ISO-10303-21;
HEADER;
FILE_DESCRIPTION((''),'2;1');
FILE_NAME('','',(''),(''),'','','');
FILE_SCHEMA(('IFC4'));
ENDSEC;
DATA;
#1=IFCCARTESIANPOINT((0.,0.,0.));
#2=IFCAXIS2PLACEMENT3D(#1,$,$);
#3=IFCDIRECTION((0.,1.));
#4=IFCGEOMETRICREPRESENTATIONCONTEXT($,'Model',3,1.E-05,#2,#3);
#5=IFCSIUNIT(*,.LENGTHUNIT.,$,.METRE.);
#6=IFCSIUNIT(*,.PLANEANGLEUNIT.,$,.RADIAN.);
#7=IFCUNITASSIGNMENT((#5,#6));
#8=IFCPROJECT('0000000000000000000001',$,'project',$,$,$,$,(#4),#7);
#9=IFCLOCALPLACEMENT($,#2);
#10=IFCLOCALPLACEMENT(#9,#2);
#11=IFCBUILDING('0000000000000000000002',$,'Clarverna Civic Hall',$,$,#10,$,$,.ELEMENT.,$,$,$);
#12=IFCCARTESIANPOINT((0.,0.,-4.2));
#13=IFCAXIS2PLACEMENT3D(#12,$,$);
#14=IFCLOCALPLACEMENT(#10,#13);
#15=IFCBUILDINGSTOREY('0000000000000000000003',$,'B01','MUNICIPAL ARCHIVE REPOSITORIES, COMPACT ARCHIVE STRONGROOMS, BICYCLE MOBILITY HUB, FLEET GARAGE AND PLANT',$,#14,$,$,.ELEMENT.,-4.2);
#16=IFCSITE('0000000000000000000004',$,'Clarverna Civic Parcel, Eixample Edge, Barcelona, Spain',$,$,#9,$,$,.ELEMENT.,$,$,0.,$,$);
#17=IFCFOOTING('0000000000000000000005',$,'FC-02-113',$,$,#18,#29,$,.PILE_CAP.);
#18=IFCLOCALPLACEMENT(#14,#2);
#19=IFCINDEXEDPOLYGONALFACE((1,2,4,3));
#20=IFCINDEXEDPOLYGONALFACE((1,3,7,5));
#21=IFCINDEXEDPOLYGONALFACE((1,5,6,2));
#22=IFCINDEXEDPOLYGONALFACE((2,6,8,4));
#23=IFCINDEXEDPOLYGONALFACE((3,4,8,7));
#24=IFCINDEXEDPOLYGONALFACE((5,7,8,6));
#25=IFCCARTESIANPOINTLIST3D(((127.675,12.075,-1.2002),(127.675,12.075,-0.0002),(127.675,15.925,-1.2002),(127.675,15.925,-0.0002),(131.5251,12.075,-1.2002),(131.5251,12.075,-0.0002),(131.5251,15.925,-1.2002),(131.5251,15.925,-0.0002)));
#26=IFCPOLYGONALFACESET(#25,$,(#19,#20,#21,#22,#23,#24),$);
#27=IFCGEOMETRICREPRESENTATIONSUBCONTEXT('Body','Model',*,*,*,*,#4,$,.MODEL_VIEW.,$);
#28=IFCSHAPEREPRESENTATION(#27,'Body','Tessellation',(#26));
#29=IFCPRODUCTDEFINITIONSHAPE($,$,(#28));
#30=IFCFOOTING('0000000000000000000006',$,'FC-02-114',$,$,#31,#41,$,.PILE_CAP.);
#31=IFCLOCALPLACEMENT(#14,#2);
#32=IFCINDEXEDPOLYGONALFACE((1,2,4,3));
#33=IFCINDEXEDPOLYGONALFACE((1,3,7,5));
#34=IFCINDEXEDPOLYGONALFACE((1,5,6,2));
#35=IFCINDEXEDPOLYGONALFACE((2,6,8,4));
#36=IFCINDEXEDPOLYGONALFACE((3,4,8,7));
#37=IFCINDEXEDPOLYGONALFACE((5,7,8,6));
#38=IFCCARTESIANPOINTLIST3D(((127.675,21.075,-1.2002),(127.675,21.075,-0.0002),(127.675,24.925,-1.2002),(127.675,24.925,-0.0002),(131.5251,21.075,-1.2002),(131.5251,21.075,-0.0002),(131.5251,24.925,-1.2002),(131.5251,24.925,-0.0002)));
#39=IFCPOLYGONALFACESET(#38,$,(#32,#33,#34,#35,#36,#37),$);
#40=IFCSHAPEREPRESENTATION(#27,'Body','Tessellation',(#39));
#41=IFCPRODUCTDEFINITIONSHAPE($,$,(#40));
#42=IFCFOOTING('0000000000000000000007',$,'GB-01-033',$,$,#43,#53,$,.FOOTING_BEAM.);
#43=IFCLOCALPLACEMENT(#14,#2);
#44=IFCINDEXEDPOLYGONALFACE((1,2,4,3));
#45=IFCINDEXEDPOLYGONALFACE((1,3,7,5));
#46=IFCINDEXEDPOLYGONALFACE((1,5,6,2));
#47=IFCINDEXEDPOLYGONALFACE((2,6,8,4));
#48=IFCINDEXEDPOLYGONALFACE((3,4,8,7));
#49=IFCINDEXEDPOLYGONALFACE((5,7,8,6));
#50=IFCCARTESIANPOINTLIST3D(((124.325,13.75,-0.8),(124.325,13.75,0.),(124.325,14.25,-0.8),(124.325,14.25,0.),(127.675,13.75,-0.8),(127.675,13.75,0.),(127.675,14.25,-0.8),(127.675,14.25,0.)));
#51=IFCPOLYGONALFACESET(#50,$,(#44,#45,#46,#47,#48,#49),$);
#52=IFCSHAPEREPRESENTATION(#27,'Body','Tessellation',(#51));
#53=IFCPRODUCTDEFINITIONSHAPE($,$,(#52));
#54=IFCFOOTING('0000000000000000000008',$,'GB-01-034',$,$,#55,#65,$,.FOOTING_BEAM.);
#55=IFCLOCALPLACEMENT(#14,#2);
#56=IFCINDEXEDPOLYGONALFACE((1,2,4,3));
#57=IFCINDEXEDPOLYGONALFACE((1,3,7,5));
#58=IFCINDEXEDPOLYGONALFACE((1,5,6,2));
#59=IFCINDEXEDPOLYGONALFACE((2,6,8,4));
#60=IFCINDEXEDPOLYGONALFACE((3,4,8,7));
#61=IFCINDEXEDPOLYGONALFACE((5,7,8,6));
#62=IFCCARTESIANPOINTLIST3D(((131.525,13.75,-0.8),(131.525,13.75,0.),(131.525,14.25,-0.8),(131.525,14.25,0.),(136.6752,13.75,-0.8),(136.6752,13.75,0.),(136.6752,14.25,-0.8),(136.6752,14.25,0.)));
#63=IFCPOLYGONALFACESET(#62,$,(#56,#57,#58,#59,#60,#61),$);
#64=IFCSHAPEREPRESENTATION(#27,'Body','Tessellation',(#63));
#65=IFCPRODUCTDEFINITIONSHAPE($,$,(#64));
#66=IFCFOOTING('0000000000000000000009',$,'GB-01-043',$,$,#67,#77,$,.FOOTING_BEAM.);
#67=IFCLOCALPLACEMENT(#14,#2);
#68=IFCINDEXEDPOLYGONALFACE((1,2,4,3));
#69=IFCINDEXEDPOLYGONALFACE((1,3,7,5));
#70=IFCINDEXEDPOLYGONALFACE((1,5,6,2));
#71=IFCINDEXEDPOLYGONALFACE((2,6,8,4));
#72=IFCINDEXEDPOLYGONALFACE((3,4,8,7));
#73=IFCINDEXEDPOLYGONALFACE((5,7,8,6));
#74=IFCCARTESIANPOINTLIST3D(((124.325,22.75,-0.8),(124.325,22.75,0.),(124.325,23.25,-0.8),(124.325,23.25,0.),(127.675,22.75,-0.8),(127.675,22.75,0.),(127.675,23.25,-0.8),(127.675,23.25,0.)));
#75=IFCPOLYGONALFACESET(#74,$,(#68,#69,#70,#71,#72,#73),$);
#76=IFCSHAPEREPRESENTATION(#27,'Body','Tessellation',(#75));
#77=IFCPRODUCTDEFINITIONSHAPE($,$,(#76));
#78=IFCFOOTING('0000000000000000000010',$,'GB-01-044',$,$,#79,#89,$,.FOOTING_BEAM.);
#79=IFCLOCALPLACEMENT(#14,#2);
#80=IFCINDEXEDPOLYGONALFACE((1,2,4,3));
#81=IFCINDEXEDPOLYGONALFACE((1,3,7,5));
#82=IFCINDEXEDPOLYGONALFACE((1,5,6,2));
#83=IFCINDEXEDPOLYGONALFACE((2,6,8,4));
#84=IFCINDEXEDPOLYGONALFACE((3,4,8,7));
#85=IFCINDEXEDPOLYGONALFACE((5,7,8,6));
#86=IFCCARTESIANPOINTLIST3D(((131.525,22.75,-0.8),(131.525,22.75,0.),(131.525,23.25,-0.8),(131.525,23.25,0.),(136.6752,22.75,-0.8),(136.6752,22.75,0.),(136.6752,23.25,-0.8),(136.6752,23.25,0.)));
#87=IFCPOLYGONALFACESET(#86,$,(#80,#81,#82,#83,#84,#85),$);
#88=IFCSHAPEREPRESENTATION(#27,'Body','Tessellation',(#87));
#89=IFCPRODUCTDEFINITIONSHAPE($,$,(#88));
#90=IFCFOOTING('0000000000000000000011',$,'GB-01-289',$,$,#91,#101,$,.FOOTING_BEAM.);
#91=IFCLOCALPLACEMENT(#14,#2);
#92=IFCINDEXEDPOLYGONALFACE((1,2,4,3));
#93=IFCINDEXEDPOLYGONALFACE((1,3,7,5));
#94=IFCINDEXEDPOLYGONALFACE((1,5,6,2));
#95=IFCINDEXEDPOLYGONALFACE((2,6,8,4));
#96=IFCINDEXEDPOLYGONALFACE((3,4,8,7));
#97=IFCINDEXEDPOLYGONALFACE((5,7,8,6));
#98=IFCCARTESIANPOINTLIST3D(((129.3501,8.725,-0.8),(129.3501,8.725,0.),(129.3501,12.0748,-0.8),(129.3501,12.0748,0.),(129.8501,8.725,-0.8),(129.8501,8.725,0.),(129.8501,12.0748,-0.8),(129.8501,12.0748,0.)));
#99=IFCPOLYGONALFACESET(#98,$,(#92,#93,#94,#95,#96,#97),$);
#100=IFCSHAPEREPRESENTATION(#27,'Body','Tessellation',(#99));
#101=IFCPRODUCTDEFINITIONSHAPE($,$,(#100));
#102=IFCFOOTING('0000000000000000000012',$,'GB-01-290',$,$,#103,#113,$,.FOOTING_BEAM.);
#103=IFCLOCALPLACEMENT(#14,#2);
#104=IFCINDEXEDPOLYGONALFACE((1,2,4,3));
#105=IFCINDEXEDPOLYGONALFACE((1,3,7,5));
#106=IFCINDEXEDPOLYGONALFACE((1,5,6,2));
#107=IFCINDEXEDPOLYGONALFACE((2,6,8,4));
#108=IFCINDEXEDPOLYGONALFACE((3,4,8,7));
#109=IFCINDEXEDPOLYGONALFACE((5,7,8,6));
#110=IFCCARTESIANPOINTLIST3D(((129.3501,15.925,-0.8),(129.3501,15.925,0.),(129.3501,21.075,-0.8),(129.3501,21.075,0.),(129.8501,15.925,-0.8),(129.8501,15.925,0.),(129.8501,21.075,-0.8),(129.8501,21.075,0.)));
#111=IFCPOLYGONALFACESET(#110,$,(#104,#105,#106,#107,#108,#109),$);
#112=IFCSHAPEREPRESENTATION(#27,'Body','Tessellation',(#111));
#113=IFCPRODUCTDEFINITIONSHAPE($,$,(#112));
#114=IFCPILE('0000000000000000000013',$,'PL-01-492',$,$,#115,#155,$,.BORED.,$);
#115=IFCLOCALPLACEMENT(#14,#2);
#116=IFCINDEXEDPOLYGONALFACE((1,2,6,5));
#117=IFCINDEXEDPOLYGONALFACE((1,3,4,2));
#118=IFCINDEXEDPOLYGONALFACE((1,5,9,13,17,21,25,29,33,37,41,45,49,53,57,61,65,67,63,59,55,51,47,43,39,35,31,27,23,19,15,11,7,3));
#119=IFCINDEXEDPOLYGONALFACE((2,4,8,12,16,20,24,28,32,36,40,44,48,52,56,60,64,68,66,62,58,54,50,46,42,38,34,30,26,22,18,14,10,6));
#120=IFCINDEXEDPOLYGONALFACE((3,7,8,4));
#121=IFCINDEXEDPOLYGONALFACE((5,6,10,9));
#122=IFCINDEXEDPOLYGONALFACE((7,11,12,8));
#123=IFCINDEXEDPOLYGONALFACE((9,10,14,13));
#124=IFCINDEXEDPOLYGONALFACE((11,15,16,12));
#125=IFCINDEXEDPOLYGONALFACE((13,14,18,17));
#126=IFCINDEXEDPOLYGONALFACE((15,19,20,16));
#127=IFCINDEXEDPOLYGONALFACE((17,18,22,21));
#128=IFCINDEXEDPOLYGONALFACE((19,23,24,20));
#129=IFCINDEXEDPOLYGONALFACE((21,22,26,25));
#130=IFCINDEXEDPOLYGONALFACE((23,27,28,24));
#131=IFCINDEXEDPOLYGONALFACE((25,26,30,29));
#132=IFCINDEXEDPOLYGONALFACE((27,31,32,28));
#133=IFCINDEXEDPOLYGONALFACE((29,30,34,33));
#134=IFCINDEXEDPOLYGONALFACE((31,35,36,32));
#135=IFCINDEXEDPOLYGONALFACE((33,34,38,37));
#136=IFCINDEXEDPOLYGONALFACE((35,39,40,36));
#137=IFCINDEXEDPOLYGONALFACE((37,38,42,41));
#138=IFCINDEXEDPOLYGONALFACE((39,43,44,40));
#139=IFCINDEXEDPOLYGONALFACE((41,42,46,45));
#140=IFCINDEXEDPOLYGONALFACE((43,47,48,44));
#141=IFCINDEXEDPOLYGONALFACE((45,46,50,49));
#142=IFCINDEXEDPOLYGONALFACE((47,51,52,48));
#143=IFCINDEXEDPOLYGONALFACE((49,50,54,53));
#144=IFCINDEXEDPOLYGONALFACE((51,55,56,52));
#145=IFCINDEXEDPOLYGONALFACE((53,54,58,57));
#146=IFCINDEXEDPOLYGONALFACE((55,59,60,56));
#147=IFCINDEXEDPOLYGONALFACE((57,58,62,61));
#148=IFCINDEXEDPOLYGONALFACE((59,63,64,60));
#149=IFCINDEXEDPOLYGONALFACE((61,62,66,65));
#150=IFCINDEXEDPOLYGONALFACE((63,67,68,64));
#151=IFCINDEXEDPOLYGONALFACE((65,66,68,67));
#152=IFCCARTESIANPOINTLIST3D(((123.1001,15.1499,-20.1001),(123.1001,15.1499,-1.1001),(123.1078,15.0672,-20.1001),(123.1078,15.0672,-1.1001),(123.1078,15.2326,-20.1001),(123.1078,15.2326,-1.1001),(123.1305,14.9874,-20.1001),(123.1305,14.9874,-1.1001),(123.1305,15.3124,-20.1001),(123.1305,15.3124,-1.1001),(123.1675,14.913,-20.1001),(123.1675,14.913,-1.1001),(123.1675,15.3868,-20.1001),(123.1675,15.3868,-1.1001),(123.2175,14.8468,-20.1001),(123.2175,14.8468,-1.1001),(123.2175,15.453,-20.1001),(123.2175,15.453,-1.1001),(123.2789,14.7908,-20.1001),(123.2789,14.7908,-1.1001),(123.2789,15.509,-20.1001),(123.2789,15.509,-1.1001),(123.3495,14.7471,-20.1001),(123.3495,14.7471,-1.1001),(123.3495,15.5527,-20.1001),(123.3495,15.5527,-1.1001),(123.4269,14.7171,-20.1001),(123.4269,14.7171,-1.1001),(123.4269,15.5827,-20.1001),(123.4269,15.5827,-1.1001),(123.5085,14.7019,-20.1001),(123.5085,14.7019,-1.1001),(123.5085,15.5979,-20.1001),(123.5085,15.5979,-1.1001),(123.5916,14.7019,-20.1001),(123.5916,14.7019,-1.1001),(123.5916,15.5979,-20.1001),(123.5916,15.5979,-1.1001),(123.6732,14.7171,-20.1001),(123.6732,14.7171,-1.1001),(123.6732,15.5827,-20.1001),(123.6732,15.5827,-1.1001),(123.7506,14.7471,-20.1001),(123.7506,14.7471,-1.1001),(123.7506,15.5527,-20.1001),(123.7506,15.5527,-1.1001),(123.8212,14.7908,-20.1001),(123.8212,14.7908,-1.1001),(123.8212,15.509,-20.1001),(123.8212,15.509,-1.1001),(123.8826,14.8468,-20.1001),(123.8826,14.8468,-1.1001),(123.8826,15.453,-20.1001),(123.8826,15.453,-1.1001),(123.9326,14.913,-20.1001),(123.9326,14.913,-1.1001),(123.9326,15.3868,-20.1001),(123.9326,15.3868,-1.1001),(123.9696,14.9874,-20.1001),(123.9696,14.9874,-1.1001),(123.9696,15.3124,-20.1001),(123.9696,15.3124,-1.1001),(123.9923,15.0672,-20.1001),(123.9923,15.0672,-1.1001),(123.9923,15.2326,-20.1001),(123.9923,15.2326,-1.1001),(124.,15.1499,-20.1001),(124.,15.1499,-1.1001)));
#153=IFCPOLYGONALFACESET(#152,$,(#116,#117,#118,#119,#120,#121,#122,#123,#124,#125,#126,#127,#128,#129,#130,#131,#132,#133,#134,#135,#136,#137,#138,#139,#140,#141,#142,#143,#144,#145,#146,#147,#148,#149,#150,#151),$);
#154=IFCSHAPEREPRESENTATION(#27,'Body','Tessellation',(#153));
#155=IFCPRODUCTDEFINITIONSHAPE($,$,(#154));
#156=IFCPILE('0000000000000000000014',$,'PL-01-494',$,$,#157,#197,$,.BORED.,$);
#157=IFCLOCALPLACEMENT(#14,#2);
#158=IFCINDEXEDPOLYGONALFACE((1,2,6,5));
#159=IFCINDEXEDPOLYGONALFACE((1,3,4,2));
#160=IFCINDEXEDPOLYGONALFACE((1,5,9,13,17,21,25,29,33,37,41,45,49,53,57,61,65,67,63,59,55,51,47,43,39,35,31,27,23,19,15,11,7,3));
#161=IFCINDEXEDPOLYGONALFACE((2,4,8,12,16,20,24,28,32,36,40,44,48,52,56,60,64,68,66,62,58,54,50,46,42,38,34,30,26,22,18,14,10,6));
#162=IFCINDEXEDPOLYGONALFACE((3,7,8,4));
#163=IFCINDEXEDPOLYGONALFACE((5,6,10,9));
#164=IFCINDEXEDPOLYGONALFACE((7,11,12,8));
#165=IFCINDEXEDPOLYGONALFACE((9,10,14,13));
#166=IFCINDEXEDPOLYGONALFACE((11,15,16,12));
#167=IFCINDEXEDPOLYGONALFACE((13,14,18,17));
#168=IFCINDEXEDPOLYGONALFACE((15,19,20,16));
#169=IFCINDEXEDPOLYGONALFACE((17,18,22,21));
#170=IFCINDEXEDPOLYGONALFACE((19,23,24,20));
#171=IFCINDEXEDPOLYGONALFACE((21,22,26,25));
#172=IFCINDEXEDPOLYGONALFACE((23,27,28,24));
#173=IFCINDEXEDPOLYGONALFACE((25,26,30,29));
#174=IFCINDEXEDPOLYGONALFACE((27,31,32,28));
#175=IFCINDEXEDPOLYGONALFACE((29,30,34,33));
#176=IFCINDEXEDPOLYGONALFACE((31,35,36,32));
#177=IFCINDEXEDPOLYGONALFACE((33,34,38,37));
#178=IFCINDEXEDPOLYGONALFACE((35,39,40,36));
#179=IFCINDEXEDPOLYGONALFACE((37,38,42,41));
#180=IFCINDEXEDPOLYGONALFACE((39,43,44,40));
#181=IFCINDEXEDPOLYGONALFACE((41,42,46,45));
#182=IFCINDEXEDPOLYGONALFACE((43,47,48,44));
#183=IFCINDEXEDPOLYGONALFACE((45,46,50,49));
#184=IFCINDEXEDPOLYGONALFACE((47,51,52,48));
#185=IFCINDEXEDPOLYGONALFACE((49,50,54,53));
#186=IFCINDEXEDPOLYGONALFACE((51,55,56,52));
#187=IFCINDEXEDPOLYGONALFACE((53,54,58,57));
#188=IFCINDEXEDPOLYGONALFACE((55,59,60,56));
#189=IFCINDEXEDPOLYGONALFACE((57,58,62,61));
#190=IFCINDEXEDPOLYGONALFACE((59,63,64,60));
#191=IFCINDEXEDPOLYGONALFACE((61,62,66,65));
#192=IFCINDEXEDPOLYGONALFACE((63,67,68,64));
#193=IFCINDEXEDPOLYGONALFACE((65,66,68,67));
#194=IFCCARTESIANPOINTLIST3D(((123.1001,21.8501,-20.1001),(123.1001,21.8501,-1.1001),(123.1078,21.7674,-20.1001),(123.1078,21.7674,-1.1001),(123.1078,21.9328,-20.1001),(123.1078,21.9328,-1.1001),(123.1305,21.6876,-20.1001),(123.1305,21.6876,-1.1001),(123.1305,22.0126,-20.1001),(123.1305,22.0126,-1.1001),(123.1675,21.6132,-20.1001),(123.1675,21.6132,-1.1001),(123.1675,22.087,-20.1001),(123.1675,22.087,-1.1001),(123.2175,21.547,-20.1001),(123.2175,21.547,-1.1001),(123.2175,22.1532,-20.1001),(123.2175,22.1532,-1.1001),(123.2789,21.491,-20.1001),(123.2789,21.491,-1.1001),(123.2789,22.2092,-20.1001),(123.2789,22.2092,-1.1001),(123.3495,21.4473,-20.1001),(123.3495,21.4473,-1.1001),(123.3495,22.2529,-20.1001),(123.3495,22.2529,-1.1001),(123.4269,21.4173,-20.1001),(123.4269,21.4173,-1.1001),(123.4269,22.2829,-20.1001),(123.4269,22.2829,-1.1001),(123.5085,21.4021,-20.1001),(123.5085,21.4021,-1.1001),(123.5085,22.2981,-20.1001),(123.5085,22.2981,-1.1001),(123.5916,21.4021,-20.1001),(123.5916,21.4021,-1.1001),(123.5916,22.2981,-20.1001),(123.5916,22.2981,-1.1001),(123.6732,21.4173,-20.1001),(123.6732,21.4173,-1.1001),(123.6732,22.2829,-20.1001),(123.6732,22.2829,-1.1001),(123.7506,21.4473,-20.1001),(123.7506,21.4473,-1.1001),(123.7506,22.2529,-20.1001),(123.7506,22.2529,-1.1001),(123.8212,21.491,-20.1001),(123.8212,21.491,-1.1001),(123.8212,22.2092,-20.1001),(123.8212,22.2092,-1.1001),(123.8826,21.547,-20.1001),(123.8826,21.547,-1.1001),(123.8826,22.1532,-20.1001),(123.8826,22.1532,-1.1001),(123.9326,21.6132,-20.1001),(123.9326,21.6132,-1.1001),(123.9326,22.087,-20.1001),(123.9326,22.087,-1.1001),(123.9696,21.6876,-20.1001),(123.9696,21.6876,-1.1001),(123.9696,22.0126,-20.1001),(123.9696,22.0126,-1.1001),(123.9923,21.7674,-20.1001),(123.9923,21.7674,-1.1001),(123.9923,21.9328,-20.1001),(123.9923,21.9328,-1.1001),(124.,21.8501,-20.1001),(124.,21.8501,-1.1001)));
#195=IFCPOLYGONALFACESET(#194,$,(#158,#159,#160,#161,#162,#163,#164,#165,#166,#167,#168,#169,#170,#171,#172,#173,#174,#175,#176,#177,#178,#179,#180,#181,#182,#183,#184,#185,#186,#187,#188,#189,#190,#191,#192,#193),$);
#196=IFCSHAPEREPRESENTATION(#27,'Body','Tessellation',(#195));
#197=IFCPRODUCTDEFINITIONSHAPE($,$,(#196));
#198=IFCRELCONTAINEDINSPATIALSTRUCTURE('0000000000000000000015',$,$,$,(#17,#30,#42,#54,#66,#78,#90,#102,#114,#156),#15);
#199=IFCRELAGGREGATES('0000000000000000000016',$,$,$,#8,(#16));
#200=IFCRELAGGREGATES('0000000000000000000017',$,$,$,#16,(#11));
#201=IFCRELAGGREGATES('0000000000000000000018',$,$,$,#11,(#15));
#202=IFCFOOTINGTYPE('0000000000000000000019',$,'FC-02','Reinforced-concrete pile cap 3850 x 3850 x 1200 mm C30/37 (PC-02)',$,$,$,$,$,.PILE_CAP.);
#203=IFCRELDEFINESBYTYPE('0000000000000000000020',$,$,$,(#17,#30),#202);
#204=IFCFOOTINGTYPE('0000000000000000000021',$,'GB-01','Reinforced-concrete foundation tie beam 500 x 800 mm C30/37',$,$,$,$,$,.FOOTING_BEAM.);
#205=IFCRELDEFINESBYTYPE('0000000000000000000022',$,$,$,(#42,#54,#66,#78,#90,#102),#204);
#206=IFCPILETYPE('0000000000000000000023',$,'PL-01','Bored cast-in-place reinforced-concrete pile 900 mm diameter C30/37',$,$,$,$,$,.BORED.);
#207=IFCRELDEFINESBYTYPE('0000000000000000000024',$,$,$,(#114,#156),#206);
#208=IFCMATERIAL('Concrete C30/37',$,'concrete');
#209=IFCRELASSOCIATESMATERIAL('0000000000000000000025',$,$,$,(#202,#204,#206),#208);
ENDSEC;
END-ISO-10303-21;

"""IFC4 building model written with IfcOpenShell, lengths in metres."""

from ifc_helpers import new_model, si_unit, direction, frame, frame_2d, origin, origin_2d, place, context, subcontext, project, spatial, rectangle, circle, extrude, material, material_profile, profile_set, type_object, element, save


model = new_model("IFC4")

# Units and contexts
model_context = context("Model", 3, precision=1e-05, world=origin(), true_north=direction((0.0, 1.0)))
body_context = subcontext(model_context, "Body", "Model", "MODEL_VIEW")
ifc_project = project(units=[si_unit("LENGTHUNIT", "METRE"), si_unit("PLANEANGLEUNIT", "RADIAN")], contexts=[model_context])

# Site, building, storey
site_placement = place(None, origin())
site = spatial("IfcSite", under=ifc_project, at=site_placement, Name="Clarverna Civic Parcel, Eixample Edge, Barcelona, Spain", CompositionType="ELEMENT", RefElevation=0.0)
building_placement = place(site_placement, origin())
building = spatial("IfcBuilding", under=site, at=building_placement, Name="Clarverna Civic Hall", CompositionType="ELEMENT")
storey_placement = place(building_placement, frame((0.0, 0.0, -4.2)))
storey = spatial("IfcBuildingStorey", under=building, at=storey_placement, Name="B01", Description="MUNICIPAL ARCHIVE REPOSITORIES, COMPACT ARCHIVE STRONGROOMS, BICYCLE MOBILITY HUB, FLEET GARAGE AND PLANT", CompositionType="ELEMENT", Elevation=-4.2)

# Footings
ifc_material_1 = material(Name="Concrete C30/37", Category="concrete")
footing_type_1 = type_object("IfcFootingType", Name="FC-02", Description="Reinforced-concrete pile cap 3850 x 3850 x 1200 mm C30/37 (PC-02)", PredefinedType="PILE_CAP", material=ifc_material_1)
for number, where, z_axis, x_axis, name in (
    (1, (129.6001, 14.0, -1.2002), (0.0, 0.0, 1.0), (1.0, 0.0, 0.0), "FC-02-113"),
    (2, (129.6001, 23.0, -1.2002), (0.0, 0.0, 1.0), (1.0, 0.0, 0.0), "FC-02-114"),
):
    element("IfcFooting", number, at=place(storey_placement, frame(where, z_axis=z_axis, x_axis=x_axis)), inside=storey, type_object=footing_type_1, Name=name, PredefinedType="PILE_CAP", context=body_context, shape_type="SweptSolid", body=[
        extrude(rectangle(XDim=3.8501, YDim=3.8501, at=origin_2d()), origin(), (0.0, 0.0, 1.0), 1.2),
    ])
footing_type_2 = type_object("IfcFootingType", Name="GB-01", Description="Reinforced-concrete foundation tie beam 500 x 800 mm C30/37", PredefinedType="FOOTING_BEAM", material=ifc_material_1)
footing_1_placement = place(storey_placement, frame((124.325, 14.0, -0.8), z_axis=(0.0, 0.0, 1.0), x_axis=(1.0, 0.0, 0.0)))
element("IfcFooting", 3, at=footing_1_placement, inside=storey, type_object=footing_type_2, Name="GB-01-033", PredefinedType="FOOTING_BEAM", context=body_context, shape_type="SweptSolid", body=[
    extrude(rectangle(XDim=3.3501, YDim=0.5, at=frame_2d((1.675, 0.0))), origin(), (0.0, 0.0, 1.0), 0.8),
])
footing_2_placement = place(storey_placement, frame((131.5249, 14.0, -0.8), z_axis=(0.0, 0.0, 1.0), x_axis=(1.0, 0.0, 0.0)))
element("IfcFooting", 4, at=footing_2_placement, inside=storey, type_object=footing_type_2, Name="GB-01-034", PredefinedType="FOOTING_BEAM", context=body_context, shape_type="SweptSolid", body=[
    extrude(rectangle(XDim=5.1501, YDim=0.5, at=frame_2d((2.5752, 0.0))), origin(), (0.0, 0.0, 1.0), 0.8),
])
footing_3_placement = place(storey_placement, frame((124.325, 23.0, -0.8), z_axis=(0.0, 0.0, 1.0), x_axis=(1.0, 0.0, 0.0)))
element("IfcFooting", 5, at=footing_3_placement, inside=storey, type_object=footing_type_2, Name="GB-01-043", PredefinedType="FOOTING_BEAM", context=body_context, shape_type="SweptSolid", body=[
    extrude(rectangle(XDim=3.3501, YDim=0.5, at=frame_2d((1.675, 0.0))), origin(), (0.0, 0.0, 1.0), 0.8),
])
footing_4_placement = place(storey_placement, frame((131.5249, 23.0, -0.8), z_axis=(0.0, 0.0, 1.0), x_axis=(1.0, 0.0, 0.0)))
element("IfcFooting", 6, at=footing_4_placement, inside=storey, type_object=footing_type_2, Name="GB-01-044", PredefinedType="FOOTING_BEAM", context=body_context, shape_type="SweptSolid", body=[
    extrude(rectangle(XDim=5.1501, YDim=0.5, at=frame_2d((2.5752, 0.0))), origin(), (0.0, 0.0, 1.0), 0.8),
])
footing_5_placement = place(storey_placement, frame((129.6001, 8.7251, -0.8), z_axis=(0.0, 0.0, 1.0), x_axis=(0.0, 1.0, 0.0)))
element("IfcFooting", 7, at=footing_5_placement, inside=storey, type_object=footing_type_2, Name="GB-01-289", PredefinedType="FOOTING_BEAM", context=body_context, shape_type="SweptSolid", body=[
    extrude(rectangle(XDim=3.3499, YDim=0.5, at=frame_2d((1.6748, 0.0))), origin(), (0.0, 0.0, 1.0), 0.8),
])
footing_6_placement = place(storey_placement, frame((129.6001, 15.925, -0.8), z_axis=(0.0, 0.0, 1.0), x_axis=(0.0, 1.0, 0.0)))
element("IfcFooting", 8, at=footing_6_placement, inside=storey, type_object=footing_type_2, Name="GB-01-290", PredefinedType="FOOTING_BEAM", context=body_context, shape_type="SweptSolid", body=[
    extrude(rectangle(XDim=5.1499, YDim=0.5, at=frame_2d((2.575, 0.0))), origin(), (0.0, 0.0, 1.0), 0.8),
])

# Piles
ifc_material_profile_1 = material_profile(ifc_material_1, circle(Radius=0.45, at=origin_2d()), Name="BORED PILE D900")
ifc_profile_set_1 = profile_set([ifc_material_profile_1], Name="Concrete C30/37")
pile_type = type_object("IfcPileType", Name="PL-01", Description="Bored cast-in-place reinforced-concrete pile 900 mm diameter C30/37", PredefinedType="BORED", material=ifc_profile_set_1)
for number, where, z_axis, x_axis, name in (
    (9, (123.55, 15.1499, -1.1001), (0.0, 0.0, -1.0), (1.0, 0.0, 0.0), "PL-01-492"),
    (10, (123.55, 21.8501, -1.1001), (0.0, 0.0, -1.0), (1.0, 0.0, 0.0), "PL-01-494"),
):
    element("IfcPile", number, at=place(storey_placement, frame(where, z_axis=z_axis, x_axis=x_axis)), inside=storey, type_object=pile_type, Name=name, PredefinedType="BORED", context=body_context, shape_type="SweptSolid", body=[
        extrude(circle(Radius=0.45, at=origin_2d()), origin(), (0.0, 0.0, 1.0), 19.0),
    ])

save(model, "model.ifc")
